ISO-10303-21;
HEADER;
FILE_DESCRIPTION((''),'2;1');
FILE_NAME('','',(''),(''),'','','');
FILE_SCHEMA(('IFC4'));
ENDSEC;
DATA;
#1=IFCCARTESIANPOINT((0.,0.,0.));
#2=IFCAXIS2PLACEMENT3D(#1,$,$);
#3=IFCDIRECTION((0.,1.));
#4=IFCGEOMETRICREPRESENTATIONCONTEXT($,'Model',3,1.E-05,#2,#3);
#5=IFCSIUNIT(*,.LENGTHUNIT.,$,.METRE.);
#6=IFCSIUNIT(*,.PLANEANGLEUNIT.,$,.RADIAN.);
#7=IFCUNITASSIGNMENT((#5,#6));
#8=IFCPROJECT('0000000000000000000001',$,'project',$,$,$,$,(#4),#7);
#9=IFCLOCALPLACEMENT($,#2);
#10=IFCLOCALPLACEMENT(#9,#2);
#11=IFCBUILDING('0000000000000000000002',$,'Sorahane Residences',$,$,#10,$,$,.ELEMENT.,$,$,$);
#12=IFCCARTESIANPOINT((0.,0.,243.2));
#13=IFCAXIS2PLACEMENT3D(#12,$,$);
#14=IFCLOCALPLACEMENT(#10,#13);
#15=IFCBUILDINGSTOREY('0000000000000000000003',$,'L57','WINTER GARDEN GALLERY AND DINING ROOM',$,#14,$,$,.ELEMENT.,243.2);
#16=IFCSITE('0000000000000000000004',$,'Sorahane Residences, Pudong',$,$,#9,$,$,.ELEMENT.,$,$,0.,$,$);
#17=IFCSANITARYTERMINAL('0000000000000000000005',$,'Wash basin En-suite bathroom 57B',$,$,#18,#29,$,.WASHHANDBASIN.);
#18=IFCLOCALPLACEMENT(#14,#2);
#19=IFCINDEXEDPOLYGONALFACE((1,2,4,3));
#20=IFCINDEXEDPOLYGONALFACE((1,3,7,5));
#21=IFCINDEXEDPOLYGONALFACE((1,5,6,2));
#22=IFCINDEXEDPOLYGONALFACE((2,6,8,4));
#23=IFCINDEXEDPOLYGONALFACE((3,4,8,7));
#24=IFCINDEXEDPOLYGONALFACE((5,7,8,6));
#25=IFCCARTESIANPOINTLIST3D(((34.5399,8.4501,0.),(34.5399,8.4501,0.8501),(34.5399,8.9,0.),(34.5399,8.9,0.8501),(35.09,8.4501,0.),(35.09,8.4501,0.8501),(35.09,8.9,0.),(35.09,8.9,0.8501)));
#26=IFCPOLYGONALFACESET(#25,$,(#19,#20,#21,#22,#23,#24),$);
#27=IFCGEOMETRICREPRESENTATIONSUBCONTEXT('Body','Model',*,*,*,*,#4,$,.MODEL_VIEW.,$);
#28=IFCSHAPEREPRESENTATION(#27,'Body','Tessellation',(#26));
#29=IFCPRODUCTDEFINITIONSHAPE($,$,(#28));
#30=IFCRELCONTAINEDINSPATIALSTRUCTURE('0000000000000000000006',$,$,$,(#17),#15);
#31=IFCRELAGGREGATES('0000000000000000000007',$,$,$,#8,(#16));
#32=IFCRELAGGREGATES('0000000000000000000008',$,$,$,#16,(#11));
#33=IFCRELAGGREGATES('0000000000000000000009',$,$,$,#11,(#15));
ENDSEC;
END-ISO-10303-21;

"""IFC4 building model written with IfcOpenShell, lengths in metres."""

from ifc_helpers import new_model, si_unit, direction, frame, origin, origin_2d, place, context, subcontext, project, spatial, rectangle, extrude, element, save


model = new_model("IFC4")

# Units and contexts
model_context = context("Model", 3, precision=1e-05, world=origin(), true_north=direction((0.0, 1.0)))
body_context = subcontext(model_context, "Body", "Model", "MODEL_VIEW")
ifc_project = project(units=[si_unit("LENGTHUNIT", "METRE"), si_unit("PLANEANGLEUNIT", "RADIAN")], contexts=[model_context])

# Site, building, storey
site_placement = place(None, origin())
site = spatial("IfcSite", under=ifc_project, at=site_placement, Name="Sorahane Residences, Pudong", CompositionType="ELEMENT", RefElevation=0.0)
building_placement = place(site_placement, origin())
building = spatial("IfcBuilding", under=site, at=building_placement, Name="Sorahane Residences", CompositionType="ELEMENT")
storey_placement = place(building_placement, frame((0.0, 0.0, 243.2)))
storey = spatial("IfcBuildingStorey", under=building, at=storey_placement, Name="L57", Description="WINTER GARDEN GALLERY AND DINING ROOM", CompositionType="ELEMENT", Elevation=243.2)

# Sanitary terminal
sanitary_terminal_1_placement = place(storey_placement, frame((34.8149, 8.675, 0.0), z_axis=(0.0, 0.0, 1.0), x_axis=(1.0, 0.0, 0.0)))
element("IfcSanitaryTerminal", 1, at=sanitary_terminal_1_placement, inside=storey, Name="Wash basin En-suite bathroom 57B", PredefinedType="WASHHANDBASIN", context=body_context, shape_type="SweptSolid", body=[
    extrude(rectangle(XDim=0.55, YDim=0.45, at=origin_2d()), origin(), (0.0, 0.0, 1.0), 0.8501),
])

save(model, "model.ifc")
